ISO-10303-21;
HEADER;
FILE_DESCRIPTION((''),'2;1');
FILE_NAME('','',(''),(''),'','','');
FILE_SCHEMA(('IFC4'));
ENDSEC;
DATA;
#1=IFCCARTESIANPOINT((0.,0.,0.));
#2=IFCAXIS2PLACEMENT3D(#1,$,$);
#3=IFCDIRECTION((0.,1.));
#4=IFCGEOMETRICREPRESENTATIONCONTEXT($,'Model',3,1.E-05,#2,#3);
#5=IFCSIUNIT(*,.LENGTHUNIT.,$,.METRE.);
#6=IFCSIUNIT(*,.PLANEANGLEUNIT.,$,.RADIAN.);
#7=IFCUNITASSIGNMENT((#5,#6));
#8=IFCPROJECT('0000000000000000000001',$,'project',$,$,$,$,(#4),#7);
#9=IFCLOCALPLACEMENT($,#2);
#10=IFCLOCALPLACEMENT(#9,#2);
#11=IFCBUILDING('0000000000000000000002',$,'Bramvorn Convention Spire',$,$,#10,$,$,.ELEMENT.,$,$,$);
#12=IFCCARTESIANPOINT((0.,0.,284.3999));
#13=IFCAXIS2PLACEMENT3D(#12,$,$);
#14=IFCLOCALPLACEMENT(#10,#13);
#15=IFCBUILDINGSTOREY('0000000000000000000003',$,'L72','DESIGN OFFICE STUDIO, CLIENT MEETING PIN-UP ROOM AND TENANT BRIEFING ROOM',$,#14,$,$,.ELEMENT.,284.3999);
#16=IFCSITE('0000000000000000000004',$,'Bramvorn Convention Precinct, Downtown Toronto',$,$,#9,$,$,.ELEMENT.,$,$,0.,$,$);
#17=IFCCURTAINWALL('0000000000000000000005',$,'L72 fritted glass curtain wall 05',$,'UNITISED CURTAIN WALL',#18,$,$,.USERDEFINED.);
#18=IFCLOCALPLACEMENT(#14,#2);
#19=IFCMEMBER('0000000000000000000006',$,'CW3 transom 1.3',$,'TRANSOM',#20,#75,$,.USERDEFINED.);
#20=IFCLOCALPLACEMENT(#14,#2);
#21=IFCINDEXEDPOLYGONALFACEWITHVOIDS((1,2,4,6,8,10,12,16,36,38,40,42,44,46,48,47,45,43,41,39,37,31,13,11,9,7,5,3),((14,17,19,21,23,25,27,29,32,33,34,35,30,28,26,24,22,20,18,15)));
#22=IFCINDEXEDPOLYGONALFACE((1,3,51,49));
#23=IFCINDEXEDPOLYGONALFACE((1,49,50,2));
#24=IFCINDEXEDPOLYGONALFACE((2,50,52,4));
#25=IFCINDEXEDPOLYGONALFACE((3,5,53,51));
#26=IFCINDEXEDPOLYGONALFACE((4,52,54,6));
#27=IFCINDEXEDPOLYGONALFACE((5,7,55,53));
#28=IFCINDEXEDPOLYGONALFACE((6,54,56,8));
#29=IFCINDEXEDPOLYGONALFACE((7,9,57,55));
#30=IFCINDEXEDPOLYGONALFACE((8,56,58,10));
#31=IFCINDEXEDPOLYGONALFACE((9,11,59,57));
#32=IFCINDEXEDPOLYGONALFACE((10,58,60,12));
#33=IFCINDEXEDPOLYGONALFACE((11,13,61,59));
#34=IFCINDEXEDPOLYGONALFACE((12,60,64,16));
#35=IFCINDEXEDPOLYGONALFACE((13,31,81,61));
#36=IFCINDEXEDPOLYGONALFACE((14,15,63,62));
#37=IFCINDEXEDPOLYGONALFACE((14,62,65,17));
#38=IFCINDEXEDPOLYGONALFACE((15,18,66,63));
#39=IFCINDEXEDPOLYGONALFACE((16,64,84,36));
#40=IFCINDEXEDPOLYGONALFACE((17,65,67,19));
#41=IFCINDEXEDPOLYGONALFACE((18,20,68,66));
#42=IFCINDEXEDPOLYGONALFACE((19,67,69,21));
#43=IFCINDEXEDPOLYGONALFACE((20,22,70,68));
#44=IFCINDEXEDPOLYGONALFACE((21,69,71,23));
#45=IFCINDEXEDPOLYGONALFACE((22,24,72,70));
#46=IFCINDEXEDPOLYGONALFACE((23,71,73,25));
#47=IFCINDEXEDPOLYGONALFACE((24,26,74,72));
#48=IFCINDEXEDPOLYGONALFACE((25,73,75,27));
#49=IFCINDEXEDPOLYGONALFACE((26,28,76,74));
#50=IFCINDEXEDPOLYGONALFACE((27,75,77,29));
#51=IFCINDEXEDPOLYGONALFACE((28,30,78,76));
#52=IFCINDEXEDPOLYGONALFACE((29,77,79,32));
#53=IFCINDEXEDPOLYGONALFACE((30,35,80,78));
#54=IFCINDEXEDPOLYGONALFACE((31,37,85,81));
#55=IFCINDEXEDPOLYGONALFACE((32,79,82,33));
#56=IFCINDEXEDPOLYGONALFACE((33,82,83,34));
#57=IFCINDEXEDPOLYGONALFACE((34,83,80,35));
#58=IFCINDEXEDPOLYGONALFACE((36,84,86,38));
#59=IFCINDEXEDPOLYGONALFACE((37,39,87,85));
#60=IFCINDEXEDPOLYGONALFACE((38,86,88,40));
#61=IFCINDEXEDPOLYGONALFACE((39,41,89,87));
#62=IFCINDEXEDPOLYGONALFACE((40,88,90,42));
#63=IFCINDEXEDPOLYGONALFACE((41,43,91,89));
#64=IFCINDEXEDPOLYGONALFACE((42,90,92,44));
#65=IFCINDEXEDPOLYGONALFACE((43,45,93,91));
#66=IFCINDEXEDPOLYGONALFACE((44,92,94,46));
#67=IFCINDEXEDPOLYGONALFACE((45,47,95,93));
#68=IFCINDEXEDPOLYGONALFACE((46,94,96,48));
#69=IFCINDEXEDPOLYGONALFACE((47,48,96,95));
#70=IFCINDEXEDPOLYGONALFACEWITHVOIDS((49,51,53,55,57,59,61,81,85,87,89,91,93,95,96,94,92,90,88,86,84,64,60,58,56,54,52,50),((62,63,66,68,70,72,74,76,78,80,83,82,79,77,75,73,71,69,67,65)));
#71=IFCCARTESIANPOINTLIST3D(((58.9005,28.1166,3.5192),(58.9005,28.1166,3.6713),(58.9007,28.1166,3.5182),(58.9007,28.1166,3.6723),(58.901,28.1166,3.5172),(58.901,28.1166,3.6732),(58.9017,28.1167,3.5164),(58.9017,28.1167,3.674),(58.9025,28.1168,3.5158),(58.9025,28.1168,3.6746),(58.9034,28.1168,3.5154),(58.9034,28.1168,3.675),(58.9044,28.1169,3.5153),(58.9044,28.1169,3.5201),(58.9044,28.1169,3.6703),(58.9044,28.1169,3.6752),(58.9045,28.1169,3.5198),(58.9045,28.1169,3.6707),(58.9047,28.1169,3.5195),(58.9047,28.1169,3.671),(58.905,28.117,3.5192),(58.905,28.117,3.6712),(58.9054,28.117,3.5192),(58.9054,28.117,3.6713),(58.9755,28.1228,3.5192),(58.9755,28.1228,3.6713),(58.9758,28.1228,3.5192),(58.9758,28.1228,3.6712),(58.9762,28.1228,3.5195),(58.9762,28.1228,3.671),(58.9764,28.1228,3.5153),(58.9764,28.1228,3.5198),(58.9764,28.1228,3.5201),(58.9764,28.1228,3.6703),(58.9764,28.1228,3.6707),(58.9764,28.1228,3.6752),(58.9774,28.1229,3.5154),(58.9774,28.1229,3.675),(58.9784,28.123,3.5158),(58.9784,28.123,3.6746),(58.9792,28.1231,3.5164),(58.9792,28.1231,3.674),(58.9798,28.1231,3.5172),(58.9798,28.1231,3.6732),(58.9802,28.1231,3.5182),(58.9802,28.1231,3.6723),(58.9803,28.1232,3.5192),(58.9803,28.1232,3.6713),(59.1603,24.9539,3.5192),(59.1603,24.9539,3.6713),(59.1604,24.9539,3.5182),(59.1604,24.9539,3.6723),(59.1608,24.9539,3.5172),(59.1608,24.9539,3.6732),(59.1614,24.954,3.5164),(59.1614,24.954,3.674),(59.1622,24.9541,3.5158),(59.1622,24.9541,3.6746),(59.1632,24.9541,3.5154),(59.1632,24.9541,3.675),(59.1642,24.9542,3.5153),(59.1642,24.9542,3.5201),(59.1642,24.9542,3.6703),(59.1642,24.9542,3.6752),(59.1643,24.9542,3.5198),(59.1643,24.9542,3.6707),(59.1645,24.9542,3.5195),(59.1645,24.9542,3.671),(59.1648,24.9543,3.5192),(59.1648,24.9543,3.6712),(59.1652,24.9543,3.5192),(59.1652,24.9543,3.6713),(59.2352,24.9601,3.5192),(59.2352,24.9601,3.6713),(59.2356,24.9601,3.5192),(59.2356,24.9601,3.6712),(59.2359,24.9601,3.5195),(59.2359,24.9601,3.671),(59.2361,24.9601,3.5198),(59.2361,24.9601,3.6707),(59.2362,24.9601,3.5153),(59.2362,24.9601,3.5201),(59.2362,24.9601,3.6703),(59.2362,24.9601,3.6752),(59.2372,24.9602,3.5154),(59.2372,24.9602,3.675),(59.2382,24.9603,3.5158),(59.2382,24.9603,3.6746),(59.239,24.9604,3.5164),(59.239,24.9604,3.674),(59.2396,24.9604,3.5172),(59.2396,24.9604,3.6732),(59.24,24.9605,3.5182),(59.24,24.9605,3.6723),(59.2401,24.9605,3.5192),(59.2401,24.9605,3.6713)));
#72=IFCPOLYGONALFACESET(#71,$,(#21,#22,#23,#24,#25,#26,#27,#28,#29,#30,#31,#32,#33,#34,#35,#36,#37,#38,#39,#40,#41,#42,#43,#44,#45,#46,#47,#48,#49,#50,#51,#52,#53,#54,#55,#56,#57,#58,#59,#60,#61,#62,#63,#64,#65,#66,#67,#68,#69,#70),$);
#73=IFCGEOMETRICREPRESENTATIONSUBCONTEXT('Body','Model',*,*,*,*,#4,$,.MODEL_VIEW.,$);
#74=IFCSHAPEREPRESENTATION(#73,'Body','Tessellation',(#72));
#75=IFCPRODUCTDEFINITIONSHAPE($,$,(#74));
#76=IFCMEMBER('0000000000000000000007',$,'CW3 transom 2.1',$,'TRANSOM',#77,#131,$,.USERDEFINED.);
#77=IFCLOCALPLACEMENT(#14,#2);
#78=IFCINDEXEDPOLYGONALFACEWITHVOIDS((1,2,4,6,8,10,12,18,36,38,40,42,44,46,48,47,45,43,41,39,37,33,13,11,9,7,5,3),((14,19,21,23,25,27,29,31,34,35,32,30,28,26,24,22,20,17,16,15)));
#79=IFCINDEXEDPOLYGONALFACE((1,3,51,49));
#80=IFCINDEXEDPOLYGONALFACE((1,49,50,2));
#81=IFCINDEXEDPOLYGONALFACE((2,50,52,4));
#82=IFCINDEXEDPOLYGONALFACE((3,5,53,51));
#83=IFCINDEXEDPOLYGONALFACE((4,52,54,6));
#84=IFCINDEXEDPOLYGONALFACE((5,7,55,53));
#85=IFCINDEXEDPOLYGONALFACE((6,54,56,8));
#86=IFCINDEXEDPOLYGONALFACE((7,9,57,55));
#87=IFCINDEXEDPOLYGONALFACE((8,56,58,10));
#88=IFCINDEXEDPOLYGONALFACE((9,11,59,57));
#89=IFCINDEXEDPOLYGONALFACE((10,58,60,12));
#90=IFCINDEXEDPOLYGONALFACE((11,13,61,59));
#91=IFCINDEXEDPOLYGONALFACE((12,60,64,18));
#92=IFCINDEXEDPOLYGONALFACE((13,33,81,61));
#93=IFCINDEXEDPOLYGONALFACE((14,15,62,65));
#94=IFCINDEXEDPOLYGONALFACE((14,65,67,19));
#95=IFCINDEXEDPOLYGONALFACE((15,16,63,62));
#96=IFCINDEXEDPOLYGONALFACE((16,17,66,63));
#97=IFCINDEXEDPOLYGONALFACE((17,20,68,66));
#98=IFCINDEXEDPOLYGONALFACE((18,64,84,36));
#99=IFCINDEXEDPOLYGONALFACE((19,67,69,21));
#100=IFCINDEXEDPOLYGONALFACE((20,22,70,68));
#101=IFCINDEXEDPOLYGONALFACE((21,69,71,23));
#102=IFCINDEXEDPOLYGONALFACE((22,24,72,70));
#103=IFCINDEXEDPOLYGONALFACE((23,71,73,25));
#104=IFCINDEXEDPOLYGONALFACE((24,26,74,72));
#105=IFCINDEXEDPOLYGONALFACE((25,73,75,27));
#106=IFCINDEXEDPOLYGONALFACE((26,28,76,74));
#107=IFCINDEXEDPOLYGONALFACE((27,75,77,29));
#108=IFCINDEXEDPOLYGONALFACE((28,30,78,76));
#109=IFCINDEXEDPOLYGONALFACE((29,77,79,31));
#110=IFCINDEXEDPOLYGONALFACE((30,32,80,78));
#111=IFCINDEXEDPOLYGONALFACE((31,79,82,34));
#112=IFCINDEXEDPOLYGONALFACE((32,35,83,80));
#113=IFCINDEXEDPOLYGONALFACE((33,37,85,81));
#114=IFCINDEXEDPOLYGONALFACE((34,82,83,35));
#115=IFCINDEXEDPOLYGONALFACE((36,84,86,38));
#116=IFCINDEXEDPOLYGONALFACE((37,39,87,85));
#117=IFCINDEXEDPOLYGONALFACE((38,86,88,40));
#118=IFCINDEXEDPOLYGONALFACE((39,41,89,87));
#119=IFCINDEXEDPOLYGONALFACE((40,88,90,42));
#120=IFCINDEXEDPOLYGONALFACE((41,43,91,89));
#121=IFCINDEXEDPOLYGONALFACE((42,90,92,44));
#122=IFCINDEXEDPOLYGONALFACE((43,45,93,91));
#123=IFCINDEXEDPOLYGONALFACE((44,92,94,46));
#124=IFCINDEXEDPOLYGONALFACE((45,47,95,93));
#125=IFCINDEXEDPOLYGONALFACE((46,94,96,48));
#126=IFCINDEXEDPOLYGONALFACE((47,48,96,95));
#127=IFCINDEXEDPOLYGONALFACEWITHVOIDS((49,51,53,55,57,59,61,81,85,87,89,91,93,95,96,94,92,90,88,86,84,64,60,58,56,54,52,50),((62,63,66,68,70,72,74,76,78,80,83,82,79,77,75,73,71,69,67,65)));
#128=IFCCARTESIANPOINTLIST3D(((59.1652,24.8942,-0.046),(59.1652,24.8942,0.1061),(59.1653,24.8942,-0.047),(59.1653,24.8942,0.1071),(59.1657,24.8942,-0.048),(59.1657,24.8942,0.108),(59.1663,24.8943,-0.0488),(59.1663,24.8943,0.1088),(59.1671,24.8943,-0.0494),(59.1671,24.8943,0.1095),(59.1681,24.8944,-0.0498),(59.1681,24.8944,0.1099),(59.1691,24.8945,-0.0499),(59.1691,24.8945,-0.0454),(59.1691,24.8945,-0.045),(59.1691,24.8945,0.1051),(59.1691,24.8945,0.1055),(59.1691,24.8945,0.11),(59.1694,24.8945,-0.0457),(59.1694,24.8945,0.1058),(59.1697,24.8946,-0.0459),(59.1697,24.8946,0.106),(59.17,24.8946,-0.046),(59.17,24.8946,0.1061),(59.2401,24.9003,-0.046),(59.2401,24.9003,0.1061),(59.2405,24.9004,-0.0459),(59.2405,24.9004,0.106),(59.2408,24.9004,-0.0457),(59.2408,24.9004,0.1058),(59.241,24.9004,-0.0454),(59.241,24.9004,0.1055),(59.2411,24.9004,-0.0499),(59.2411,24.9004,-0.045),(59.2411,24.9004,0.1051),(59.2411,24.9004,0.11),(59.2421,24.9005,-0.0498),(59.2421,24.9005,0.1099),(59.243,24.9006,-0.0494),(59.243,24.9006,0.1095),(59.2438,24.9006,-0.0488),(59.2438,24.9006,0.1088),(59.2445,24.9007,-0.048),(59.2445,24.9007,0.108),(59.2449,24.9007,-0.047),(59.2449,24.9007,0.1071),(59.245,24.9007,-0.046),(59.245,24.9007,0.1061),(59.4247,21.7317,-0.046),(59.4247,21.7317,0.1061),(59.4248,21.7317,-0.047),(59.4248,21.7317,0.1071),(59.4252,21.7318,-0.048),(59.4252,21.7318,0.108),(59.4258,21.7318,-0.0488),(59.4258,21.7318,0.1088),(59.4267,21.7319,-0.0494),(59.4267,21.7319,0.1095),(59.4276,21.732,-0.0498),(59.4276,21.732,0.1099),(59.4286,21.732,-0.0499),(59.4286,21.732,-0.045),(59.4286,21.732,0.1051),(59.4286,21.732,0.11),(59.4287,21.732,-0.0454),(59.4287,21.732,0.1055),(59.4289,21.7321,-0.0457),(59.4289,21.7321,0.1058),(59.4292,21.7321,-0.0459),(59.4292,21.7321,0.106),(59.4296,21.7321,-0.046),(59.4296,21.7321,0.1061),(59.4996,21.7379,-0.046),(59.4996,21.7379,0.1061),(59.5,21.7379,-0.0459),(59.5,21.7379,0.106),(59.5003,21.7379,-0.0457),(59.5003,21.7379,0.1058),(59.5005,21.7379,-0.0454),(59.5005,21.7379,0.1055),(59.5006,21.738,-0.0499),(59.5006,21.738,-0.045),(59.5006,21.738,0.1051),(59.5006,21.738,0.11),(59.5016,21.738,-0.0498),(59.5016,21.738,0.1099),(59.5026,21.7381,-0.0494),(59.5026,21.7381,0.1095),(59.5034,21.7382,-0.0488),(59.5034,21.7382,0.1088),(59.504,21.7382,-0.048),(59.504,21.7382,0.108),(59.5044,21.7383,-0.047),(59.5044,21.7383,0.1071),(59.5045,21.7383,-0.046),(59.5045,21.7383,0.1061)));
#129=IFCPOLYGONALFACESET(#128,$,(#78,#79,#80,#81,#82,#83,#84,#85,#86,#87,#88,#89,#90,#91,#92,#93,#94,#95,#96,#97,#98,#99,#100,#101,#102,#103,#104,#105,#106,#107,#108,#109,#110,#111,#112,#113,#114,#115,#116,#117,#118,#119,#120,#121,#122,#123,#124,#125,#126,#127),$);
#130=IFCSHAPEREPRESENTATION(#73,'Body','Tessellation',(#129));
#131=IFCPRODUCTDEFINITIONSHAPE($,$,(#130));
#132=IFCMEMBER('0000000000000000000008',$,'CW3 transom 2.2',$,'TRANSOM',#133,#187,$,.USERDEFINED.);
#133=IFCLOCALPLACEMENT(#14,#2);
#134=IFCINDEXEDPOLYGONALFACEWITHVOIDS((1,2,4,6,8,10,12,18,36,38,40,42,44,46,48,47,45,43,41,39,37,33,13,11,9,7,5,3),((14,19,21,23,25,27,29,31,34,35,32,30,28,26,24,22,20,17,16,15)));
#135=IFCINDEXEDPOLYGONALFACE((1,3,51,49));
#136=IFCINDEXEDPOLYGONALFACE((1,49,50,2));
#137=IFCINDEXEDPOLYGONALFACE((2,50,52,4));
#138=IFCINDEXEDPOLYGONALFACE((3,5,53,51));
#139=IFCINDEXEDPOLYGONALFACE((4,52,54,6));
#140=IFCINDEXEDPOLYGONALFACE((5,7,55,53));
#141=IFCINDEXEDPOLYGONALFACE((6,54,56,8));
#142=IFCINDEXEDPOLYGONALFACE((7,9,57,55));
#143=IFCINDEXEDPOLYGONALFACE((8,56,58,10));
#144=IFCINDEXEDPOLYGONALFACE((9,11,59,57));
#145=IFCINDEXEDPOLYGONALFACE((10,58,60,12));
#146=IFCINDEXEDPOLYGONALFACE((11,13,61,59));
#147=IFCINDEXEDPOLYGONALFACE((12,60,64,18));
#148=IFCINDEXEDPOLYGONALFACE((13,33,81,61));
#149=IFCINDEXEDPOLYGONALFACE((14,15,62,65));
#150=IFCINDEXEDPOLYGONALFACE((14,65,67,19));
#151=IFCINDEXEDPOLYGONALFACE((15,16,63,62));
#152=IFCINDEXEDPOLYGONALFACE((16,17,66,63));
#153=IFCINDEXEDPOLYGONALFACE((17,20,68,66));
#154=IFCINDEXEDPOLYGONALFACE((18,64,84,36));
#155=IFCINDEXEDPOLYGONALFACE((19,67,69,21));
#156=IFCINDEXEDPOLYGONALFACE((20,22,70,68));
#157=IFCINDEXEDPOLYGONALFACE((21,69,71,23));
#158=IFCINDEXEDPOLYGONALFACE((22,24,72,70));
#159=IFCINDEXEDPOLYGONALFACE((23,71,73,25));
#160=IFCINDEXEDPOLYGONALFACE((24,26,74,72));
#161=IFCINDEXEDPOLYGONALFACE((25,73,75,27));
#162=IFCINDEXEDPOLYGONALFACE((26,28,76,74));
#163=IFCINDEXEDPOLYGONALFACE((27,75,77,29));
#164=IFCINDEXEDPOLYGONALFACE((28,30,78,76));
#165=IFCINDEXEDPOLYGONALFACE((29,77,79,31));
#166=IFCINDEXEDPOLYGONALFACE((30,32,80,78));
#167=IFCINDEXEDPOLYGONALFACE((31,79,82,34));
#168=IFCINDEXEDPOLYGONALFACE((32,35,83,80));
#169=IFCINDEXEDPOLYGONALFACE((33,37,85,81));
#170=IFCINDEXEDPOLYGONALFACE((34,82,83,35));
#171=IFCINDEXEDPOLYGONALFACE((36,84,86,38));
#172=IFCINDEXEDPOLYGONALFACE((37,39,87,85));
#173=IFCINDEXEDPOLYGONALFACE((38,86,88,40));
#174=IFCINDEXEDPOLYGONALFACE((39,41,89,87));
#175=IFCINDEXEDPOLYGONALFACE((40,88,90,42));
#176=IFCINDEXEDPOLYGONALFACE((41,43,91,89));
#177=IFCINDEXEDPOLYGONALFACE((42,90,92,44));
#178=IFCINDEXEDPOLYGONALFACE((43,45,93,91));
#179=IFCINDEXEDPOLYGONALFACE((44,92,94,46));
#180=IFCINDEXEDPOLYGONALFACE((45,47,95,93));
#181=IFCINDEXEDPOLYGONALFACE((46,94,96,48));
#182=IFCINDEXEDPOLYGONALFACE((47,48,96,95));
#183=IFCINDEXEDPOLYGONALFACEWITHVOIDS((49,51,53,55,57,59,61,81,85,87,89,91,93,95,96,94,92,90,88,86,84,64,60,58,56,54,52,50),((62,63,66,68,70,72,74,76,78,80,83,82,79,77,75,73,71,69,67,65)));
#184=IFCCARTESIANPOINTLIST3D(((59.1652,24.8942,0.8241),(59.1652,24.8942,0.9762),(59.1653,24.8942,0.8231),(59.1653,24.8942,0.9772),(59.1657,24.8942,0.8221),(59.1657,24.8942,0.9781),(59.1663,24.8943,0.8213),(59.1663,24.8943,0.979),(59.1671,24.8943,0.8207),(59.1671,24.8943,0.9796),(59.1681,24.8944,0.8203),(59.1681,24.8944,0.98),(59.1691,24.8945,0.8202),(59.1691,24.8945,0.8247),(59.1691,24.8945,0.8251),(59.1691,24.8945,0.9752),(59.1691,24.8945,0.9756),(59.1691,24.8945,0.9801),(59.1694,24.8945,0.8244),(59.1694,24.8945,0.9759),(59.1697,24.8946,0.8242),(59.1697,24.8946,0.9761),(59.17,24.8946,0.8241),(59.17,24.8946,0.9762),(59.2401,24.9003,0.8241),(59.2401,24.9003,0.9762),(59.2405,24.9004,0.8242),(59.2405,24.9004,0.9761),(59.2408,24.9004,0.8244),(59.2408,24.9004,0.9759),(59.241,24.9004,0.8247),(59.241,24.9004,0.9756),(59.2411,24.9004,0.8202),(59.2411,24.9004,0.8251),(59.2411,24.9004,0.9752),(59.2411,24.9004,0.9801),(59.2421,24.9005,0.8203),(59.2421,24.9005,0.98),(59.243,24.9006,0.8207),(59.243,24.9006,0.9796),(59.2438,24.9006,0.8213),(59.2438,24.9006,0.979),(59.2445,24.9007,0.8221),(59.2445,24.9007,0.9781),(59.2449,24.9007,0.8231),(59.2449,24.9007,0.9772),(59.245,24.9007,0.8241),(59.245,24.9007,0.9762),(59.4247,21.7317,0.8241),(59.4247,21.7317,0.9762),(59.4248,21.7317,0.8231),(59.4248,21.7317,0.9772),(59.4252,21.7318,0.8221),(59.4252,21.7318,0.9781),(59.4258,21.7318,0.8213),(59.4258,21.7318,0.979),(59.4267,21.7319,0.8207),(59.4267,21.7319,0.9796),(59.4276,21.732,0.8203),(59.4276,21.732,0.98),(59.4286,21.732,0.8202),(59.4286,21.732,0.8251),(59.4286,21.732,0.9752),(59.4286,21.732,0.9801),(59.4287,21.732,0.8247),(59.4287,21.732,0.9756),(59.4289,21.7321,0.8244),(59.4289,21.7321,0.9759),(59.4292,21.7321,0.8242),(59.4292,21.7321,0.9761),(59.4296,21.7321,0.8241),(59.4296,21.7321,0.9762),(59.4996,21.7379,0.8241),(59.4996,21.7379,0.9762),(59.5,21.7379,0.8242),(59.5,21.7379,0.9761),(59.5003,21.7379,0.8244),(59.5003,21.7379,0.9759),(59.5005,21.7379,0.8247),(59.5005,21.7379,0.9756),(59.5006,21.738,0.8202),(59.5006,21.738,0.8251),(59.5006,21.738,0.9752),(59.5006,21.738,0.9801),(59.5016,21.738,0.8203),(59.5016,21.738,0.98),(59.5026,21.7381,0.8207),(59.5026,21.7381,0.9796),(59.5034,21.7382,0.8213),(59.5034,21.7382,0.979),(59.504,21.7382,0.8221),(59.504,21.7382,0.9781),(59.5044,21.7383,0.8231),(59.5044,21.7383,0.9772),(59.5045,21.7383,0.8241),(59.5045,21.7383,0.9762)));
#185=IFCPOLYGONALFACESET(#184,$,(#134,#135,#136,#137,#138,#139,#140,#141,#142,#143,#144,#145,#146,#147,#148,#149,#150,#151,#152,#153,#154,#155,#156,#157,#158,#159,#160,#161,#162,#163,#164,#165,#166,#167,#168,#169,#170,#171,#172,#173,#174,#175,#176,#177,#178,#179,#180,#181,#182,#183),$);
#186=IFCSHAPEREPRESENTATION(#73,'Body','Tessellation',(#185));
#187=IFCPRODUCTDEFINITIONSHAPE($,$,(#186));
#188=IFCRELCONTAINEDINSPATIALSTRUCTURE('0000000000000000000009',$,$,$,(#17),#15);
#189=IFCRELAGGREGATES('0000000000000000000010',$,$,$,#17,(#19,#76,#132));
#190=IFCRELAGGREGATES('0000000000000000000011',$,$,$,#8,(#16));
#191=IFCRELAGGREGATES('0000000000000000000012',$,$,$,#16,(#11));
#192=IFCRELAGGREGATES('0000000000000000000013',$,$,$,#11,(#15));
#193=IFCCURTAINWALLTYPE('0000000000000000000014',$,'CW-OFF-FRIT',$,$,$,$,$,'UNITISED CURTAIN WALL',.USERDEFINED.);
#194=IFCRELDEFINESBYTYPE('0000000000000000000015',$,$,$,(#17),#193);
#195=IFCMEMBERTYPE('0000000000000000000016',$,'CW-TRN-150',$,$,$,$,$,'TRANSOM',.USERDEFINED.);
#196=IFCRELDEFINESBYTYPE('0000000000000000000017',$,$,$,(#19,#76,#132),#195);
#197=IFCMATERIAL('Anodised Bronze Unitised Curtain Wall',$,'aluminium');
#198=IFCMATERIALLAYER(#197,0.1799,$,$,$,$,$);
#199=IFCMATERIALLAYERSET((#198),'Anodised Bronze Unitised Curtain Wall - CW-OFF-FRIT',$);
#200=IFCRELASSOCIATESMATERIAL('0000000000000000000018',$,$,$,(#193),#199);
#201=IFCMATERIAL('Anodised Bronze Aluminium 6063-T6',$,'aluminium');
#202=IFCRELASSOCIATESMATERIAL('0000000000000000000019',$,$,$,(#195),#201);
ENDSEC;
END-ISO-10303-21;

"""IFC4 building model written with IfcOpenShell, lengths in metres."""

from ifc_helpers import new_model, si_unit, direction, frame, origin, origin_2d, place, context, subcontext, project, spatial, hollow_rectangle, extrude, material, layer, layer_set, material_profile, profile_set, type_object, element, aggregate, save


model = new_model("IFC4")

# Units and contexts
model_context = context("Model", 3, precision=1e-05, world=origin(), true_north=direction((0.0, 1.0)))
body_context = subcontext(model_context, "Body", "Model", "MODEL_VIEW")
ifc_project = project(units=[si_unit("LENGTHUNIT", "METRE"), si_unit("PLANEANGLEUNIT", "RADIAN")], contexts=[model_context])

# Site, building, storey
site_placement = place(None, origin())
site = spatial("IfcSite", under=ifc_project, at=site_placement, Name="Bramvorn Convention Precinct, Downtown Toronto", CompositionType="ELEMENT", RefElevation=0.0)
building_placement = place(site_placement, origin())
building = spatial("IfcBuilding", under=site, at=building_placement, Name="Bramvorn Convention Spire", CompositionType="ELEMENT")
storey_placement = place(building_placement, frame((0.0, 0.0, 284.3999)))
storey = spatial("IfcBuildingStorey", under=building, at=storey_placement, Name="L72", Description="DESIGN OFFICE STUDIO, CLIENT MEETING PIN-UP ROOM AND TENANT BRIEFING ROOM", CompositionType="ELEMENT", Elevation=284.3999)

# Curtain wall, members
ifc_material_1 = material(Name="Anodised Bronze Unitised Curtain Wall", Category="aluminium")
ifc_layer_1 = layer(ifc_material_1, 0.1799)
ifc_layer_set_1 = layer_set([ifc_layer_1], Name="Anodised Bronze Unitised Curtain Wall - CW-OFF-FRIT")
curtain_wall_type = type_object("IfcCurtainWallType", Name="CW-OFF-FRIT", ElementType="UNITISED CURTAIN WALL", PredefinedType="USERDEFINED", material=ifc_layer_set_1)
curtain_wall_placement = place(storey_placement, origin())
curtain_wall = element("IfcCurtainWall", 1, at=curtain_wall_placement, inside=storey, type_object=curtain_wall_type, Name="L72 fritted glass curtain wall 05", ObjectType="UNITISED CURTAIN WALL", PredefinedType="USERDEFINED")
ifc_material_2 = material(Name="Anodised Bronze Aluminium 6063-T6", Category="aluminium")
ifc_material_profile_1 = material_profile(ifc_material_2, hollow_rectangle(XDim=0.0801, YDim=0.1599, WallThickness=0.0039, InnerFilletRadius=0.001, OuterFilletRadius=0.0039, at=origin_2d()))
ifc_profile_set_1 = profile_set([ifc_material_profile_1], Name="Anodised Bronze Aluminium 6063-T6 - CWT80X160")
member_type_1 = type_object("IfcMemberType", Name="CW-TRN-150", ElementType="TRANSOM", PredefinedType="USERDEFINED", material=ifc_profile_set_1)
member_1_placement = place(storey_placement, frame((58.9404, 28.1199, 3.5952), z_axis=(0.081861, -0.996644, 0.0), x_axis=(0.996644, 0.081861, 0.0)))
member_1 = element("IfcMember", 2, at=member_1_placement, type_object=member_type_1, Name="CW3 transom 1.3", ObjectType="TRANSOM", PredefinedType="USERDEFINED", context=body_context, shape_type="SweptSolid", body=[
    extrude(hollow_rectangle(XDim=0.0801, YDim=0.1599, WallThickness=0.0039, InnerFilletRadius=0.001, OuterFilletRadius=0.0039, at=origin_2d()), origin(), (0.0, 0.0, 1.0), 3.1733),
])
member_2_placement = place(storey_placement, frame((59.2051, 24.8975, 0.03), z_axis=(0.081791, -0.99665, 0.0), x_axis=(0.99665, 0.081791, 0.0)))
member_2 = element("IfcMember", 3, at=member_2_placement, type_object=member_type_1, Name="CW3 transom 2.1", ObjectType="TRANSOM", PredefinedType="USERDEFINED", context=body_context, shape_type="SweptSolid", body=[
    extrude(hollow_rectangle(XDim=0.0801, YDim=0.1599, WallThickness=0.0039, InnerFilletRadius=0.001, OuterFilletRadius=0.0039, at=origin_2d()), origin(), (0.0, 0.0, 1.0), 3.1731),
])
member_3_placement = place(storey_placement, frame((59.2051, 24.8975, 0.9001), z_axis=(0.081791, -0.99665, 0.0), x_axis=(0.99665, 0.081791, 0.0)))
member_3 = element("IfcMember", 4, at=member_3_placement, type_object=member_type_1, Name="CW3 transom 2.2", ObjectType="TRANSOM", PredefinedType="USERDEFINED", context=body_context, shape_type="SweptSolid", body=[
    extrude(hollow_rectangle(XDim=0.0801, YDim=0.1599, WallThickness=0.0039, InnerFilletRadius=0.001, OuterFilletRadius=0.0039, at=origin_2d()), origin(), (0.0, 0.0, 1.0), 3.1731),
])
aggregate(curtain_wall, [member_1, member_2, member_3])

save(model, "model.ifc")
